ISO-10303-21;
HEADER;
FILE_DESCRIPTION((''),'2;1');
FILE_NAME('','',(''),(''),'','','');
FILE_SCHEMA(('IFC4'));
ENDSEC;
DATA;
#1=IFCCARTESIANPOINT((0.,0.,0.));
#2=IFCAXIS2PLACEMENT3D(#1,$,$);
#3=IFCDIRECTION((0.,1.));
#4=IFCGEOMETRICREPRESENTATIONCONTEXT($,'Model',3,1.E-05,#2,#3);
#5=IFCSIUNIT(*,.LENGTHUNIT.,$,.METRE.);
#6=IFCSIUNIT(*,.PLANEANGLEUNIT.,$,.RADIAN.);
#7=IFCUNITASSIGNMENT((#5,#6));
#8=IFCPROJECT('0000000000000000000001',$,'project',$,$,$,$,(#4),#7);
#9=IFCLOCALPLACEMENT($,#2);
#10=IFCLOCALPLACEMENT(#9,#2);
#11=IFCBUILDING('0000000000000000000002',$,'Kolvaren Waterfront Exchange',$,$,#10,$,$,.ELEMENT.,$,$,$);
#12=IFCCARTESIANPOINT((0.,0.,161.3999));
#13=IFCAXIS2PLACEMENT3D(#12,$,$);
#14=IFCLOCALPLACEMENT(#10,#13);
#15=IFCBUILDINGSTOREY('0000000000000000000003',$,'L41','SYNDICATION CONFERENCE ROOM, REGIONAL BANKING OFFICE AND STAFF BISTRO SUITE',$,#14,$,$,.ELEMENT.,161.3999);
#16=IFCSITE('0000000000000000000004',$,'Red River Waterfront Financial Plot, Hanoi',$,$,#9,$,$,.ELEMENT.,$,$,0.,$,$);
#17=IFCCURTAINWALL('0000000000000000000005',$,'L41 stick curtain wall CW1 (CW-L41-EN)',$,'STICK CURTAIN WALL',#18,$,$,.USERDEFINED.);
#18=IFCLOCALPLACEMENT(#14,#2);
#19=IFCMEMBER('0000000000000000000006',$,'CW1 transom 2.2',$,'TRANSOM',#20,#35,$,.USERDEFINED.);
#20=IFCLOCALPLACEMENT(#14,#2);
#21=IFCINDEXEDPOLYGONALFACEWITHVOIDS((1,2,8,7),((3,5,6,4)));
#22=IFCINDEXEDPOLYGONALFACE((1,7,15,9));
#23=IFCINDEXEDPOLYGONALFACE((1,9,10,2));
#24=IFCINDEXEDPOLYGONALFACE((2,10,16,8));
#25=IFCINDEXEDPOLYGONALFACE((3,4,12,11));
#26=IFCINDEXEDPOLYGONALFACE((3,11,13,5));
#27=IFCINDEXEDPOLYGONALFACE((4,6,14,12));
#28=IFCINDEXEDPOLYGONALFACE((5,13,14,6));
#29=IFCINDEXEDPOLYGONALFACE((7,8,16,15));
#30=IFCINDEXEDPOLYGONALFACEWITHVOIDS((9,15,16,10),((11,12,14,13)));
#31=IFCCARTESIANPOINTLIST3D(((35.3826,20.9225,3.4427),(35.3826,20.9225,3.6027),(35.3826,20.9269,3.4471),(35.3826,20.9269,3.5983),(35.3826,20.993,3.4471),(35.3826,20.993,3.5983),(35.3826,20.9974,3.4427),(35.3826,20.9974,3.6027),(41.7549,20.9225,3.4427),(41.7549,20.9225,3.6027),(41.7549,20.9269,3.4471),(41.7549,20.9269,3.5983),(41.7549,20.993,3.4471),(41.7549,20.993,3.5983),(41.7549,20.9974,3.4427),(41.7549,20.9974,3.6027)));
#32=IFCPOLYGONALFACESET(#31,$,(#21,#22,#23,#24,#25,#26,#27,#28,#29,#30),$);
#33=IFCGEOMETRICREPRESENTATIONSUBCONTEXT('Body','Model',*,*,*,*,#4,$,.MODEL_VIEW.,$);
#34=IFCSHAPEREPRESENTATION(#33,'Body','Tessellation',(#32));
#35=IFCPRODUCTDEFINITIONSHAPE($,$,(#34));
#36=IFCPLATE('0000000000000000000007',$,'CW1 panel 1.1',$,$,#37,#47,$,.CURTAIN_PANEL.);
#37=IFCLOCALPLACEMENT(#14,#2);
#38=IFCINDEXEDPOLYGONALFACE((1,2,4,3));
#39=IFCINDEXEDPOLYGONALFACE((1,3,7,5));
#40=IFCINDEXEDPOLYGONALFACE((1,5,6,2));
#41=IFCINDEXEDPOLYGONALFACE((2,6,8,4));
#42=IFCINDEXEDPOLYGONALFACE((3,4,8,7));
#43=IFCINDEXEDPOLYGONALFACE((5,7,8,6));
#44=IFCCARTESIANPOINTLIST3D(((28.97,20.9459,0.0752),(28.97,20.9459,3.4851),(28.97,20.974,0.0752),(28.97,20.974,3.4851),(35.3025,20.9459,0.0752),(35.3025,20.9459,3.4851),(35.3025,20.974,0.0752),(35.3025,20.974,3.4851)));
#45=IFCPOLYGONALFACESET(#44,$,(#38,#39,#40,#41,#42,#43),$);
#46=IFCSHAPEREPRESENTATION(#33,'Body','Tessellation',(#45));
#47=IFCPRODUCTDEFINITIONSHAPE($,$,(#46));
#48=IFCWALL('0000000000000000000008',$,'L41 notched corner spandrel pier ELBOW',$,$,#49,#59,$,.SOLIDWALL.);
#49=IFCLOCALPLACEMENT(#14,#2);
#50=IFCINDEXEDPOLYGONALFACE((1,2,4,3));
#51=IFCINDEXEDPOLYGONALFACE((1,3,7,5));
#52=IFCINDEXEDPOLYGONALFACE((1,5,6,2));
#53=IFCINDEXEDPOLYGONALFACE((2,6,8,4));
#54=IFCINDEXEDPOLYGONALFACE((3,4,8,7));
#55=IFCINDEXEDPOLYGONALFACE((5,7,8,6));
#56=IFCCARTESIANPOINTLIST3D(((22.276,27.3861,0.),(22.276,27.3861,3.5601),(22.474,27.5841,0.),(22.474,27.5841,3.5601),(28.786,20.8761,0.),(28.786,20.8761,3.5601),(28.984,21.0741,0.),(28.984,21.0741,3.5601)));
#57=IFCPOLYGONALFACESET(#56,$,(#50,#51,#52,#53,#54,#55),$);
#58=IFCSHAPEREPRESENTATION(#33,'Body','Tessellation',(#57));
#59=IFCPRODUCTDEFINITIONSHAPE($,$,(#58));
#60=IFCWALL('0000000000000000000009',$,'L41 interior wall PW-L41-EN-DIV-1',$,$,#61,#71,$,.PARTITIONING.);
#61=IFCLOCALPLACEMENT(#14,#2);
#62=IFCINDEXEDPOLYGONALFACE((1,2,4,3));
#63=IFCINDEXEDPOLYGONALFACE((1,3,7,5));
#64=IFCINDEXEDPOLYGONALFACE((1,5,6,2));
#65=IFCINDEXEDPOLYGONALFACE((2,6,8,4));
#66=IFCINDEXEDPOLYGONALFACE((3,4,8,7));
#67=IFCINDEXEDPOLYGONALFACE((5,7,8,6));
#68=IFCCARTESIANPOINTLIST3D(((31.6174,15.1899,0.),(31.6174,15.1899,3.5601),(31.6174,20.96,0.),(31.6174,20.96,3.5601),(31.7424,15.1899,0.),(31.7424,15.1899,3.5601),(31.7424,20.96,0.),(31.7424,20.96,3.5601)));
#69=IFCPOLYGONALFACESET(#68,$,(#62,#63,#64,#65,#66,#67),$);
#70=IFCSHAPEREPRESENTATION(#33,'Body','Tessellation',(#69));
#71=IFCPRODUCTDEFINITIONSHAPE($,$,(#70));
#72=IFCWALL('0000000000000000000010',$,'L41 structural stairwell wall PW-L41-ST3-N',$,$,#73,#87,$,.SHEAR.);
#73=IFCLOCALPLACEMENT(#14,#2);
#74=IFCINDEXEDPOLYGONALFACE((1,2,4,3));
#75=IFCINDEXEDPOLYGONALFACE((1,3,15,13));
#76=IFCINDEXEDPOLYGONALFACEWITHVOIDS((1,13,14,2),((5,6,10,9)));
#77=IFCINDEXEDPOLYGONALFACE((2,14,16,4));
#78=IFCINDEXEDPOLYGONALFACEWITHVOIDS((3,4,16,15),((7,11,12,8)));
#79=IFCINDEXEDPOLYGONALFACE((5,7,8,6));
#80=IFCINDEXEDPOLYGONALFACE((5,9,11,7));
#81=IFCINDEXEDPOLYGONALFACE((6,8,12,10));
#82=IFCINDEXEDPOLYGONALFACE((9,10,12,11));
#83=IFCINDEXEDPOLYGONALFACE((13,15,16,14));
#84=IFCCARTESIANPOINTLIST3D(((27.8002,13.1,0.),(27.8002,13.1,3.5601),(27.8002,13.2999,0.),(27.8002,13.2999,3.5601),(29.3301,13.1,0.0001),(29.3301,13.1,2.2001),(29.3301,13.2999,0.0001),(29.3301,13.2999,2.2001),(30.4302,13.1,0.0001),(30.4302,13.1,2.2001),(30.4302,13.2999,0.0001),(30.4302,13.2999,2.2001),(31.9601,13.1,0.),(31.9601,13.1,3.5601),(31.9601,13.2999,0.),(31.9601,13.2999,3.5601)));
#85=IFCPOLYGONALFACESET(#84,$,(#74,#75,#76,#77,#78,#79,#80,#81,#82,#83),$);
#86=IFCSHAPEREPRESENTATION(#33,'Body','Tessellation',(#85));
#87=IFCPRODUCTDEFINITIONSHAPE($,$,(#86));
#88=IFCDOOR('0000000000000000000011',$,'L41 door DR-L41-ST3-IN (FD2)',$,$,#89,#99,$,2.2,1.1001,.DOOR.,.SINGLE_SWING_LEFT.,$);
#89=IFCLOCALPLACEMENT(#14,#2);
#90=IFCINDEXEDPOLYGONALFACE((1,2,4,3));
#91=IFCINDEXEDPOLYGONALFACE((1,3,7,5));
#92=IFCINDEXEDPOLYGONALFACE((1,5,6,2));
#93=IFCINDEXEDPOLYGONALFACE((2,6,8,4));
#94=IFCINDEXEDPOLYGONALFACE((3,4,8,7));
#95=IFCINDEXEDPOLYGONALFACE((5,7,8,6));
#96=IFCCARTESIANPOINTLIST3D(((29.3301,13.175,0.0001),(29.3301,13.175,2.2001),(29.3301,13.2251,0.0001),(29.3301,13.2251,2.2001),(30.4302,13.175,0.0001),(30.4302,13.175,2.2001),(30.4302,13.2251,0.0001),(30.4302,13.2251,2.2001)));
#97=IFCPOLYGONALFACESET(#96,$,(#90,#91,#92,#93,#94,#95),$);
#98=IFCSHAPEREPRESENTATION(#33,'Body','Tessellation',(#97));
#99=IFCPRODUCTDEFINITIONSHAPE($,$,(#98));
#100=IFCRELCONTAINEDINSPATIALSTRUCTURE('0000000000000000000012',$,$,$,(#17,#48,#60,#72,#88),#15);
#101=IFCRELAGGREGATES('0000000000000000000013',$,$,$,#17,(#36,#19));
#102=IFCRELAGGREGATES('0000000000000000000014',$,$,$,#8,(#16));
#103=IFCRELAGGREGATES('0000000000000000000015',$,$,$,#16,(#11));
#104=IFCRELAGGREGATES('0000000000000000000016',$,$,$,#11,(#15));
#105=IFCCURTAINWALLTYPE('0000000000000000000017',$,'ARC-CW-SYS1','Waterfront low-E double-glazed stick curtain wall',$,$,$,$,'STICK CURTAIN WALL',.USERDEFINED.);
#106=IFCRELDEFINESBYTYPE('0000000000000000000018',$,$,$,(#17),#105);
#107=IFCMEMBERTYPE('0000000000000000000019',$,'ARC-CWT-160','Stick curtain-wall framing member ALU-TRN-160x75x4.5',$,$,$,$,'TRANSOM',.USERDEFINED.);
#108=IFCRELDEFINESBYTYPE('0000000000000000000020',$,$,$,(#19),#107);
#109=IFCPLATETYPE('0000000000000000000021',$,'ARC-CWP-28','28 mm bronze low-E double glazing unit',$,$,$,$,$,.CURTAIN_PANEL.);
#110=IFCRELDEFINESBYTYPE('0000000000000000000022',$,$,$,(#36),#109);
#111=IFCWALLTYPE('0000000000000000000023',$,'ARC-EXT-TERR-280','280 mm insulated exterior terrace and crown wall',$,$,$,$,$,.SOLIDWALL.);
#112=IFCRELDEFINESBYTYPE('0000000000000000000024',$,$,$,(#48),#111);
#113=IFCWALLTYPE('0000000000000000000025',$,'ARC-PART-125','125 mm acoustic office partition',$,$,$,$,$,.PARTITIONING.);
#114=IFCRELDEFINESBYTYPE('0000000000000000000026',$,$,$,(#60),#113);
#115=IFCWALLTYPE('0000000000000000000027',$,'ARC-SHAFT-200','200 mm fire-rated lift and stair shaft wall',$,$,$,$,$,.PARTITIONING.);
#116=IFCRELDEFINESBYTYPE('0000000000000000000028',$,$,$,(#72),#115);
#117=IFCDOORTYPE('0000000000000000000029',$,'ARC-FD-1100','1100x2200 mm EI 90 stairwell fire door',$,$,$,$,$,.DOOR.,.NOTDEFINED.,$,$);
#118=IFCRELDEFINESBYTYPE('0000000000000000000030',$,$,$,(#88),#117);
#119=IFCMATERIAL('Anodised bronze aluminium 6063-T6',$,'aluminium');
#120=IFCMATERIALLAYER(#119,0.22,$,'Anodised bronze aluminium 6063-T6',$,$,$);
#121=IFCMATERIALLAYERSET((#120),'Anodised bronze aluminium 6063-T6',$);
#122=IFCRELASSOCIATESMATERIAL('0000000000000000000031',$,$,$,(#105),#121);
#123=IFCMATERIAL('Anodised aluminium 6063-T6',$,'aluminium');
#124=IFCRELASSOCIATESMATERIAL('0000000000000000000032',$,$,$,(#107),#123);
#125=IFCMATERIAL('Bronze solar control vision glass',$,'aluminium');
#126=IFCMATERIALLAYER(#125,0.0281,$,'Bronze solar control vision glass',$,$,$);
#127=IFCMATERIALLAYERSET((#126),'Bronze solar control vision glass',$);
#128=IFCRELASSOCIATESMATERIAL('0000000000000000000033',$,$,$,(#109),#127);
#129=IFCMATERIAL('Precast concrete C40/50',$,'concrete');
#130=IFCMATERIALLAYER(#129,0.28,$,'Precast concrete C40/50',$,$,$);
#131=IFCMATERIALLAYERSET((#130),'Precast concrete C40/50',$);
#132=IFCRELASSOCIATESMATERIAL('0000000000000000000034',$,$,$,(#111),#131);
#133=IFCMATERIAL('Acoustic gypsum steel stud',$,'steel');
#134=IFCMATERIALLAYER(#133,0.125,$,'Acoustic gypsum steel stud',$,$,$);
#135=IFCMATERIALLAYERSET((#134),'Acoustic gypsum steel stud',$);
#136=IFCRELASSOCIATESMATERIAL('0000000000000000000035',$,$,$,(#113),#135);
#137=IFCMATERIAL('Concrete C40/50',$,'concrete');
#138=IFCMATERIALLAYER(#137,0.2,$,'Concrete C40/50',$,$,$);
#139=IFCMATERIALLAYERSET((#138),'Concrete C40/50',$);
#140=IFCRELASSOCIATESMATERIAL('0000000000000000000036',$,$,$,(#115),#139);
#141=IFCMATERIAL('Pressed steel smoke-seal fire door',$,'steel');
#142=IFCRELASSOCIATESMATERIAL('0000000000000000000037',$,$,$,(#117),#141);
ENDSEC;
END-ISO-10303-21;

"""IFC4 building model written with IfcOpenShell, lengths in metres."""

from ifc_helpers import new_model, si_unit, direction, frame, frame_2d, origin, origin_with_axes, origin_2d, place, context, subcontext, project, spatial, rectangle, hollow_rectangle, extrude, source, transform, mapped, material, layer, layer_set, material_profile, profile_set, type_object, element, fill, aggregate, save


model = new_model("IFC4")

# Units and contexts
model_context = context("Model", 3, precision=1e-05, world=origin(), true_north=direction((0.0, 1.0)))
body_context = subcontext(model_context, "Body", "Model", "MODEL_VIEW")
ifc_project = project(units=[si_unit("LENGTHUNIT", "METRE"), si_unit("PLANEANGLEUNIT", "RADIAN")], contexts=[model_context])

# Site, building, storey
site_placement = place(None, origin())
site = spatial("IfcSite", under=ifc_project, at=site_placement, Name="Red River Waterfront Financial Plot, Hanoi", CompositionType="ELEMENT", RefElevation=0.0)
building_placement = place(site_placement, origin())
building = spatial("IfcBuilding", under=site, at=building_placement, Name="Kolvaren Waterfront Exchange", CompositionType="ELEMENT")
storey_placement = place(building_placement, frame((0.0, 0.0, 161.3999)))
storey = spatial("IfcBuildingStorey", under=building, at=storey_placement, Name="L41", Description="SYNDICATION CONFERENCE ROOM, REGIONAL BANKING OFFICE AND STAFF BISTRO SUITE", CompositionType="ELEMENT", Elevation=161.3999)

# Curtain wall, member, plate
ifc_material_1 = material(Name="Anodised bronze aluminium 6063-T6", Category="aluminium")
ifc_layer_1 = layer(ifc_material_1, 0.22, Name="Anodised bronze aluminium 6063-T6")
ifc_layer_set_1 = layer_set([ifc_layer_1], Name="Anodised bronze aluminium 6063-T6")
curtain_wall_type = type_object("IfcCurtainWallType", Name="ARC-CW-SYS1", Description="Waterfront low-E double-glazed stick curtain wall", ElementType="STICK CURTAIN WALL", PredefinedType="USERDEFINED", material=ifc_layer_set_1)
curtain_wall_placement = place(storey_placement, origin())
curtain_wall = element("IfcCurtainWall", 1, at=curtain_wall_placement, inside=storey, type_object=curtain_wall_type, Name="L41 stick curtain wall CW1 (CW-L41-EN)", ObjectType="STICK CURTAIN WALL", PredefinedType="USERDEFINED")
ifc_material_2 = material(Name="Anodised aluminium 6063-T6", Category="aluminium")
ifc_material_profile_1 = material_profile(ifc_material_2, hollow_rectangle(XDim=0.075, YDim=0.1599, WallThickness=0.0044, at=origin_2d()), Name="ALU-TRN-160x75x4.5")
ifc_profile_set_1 = profile_set([ifc_material_profile_1], Name="Anodised aluminium 6063-T6")
member_type_1 = type_object("IfcMemberType", Name="ARC-CWT-160", Description="Stick curtain-wall framing member ALU-TRN-160x75x4.5", ElementType="TRANSOM", PredefinedType="USERDEFINED", material=ifc_profile_set_1)
shared_shape_1 = source(origin_with_axes(), body_context, "Body", "SweptSolid", [
    extrude(hollow_rectangle(XDim=0.075, YDim=0.1599, WallThickness=0.0044, at=origin_2d()), origin(), (0.0, 0.0, 1.0), 6.3723),
])
member_1_placement = place(storey_placement, frame((35.3826, 20.96, 3.5227), z_axis=(1.0, 0.0, 0.0), x_axis=(0.0, 1.0, 0.0)))
member_1 = element("IfcMember", 2, at=member_1_placement, type_object=member_type_1, Name="CW1 transom 2.2", ObjectType="TRANSOM", PredefinedType="USERDEFINED", context=body_context, shape_type="MappedRepresentation", body=[
    mapped(shared_shape_1, transform((0.0, 0.0, 0.0), x_axis=(1.0, 0.0, 0.0), y_axis=(0.0, 1.0, 0.0), z_axis=(0.0, 0.0, 1.0), scale=1.0)),
])
ifc_material_3 = material(Name="Bronze solar control vision glass", Category="aluminium")
ifc_layer_2 = layer(ifc_material_3, 0.0281, Name="Bronze solar control vision glass")
ifc_layer_set_2 = layer_set([ifc_layer_2], Name="Bronze solar control vision glass")
plate_type = type_object("IfcPlateType", Name="ARC-CWP-28", Description="28 mm bronze low-E double glazing unit", PredefinedType="CURTAIN_PANEL", material=ifc_layer_set_2)
shared_shape_2 = source(origin_with_axes(), body_context, "Body", "SweptSolid", [
    extrude(rectangle(XDim=6.3325, YDim=0.0281, at=origin_2d()), origin(), (0.0, 0.0, 1.0), 3.4099),
])
plate_placement = place(storey_placement, frame((32.1362, 20.96, 0.0752), z_axis=(0.0, 0.0, 1.0), x_axis=(1.0, 0.0, 0.0)))
plate = element("IfcPlate", 3, at=plate_placement, type_object=plate_type, Name="CW1 panel 1.1", PredefinedType="CURTAIN_PANEL", context=body_context, shape_type="MappedRepresentation", body=[
    mapped(shared_shape_2, transform((0.0, 0.0, 0.0), x_axis=(1.0, 0.0, 0.0), y_axis=(0.0, 1.0, 0.0), z_axis=(0.0, 0.0, 1.0), scale=1.0)),
])
aggregate(curtain_wall, [plate, member_1])

# Walls
ifc_material_4 = material(Name="Precast concrete C40/50", Category="concrete")
ifc_layer_3 = layer(ifc_material_4, 0.28, Name="Precast concrete C40/50")
ifc_layer_set_3 = layer_set([ifc_layer_3], Name="Precast concrete C40/50")
wall_type_1 = type_object("IfcWallType", Name="ARC-EXT-TERR-280", Description="280 mm insulated exterior terrace and crown wall", PredefinedType="SOLIDWALL", material=ifc_layer_set_3)
wall_1_placement = place(storey_placement, frame((28.885, 20.9751, 0.0), z_axis=(0.0, 0.0, 1.0), x_axis=(-0.707107, 0.707107, 0.0)))
element("IfcWall", 4, at=wall_1_placement, inside=storey, type_object=wall_type_1, Name="L41 notched corner spandrel pier ELBOW", PredefinedType="SOLIDWALL", context=body_context, shape_type="SweptSolid", body=[
    extrude(rectangle(XDim=9.2065, YDim=0.28, at=frame_2d((4.6033, 0.0))), origin(), (0.0, 0.0, 1.0), 3.5601),
])
ifc_material_5 = material(Name="Acoustic gypsum steel stud", Category="steel")
ifc_layer_4 = layer(ifc_material_5, 0.125, Name="Acoustic gypsum steel stud")
ifc_layer_set_4 = layer_set([ifc_layer_4], Name="Acoustic gypsum steel stud")
wall_type_2 = type_object("IfcWallType", Name="ARC-PART-125", Description="125 mm acoustic office partition", PredefinedType="PARTITIONING", material=ifc_layer_set_4)
wall_2_placement = place(storey_placement, frame((31.6799, 15.1899, 0.0), z_axis=(0.0, 0.0, 1.0), x_axis=(0.0, 1.0, 0.0)))
element("IfcWall", 5, at=wall_2_placement, inside=storey, type_object=wall_type_2, Name="L41 interior wall PW-L41-EN-DIV-1", PredefinedType="PARTITIONING", context=body_context, shape_type="SweptSolid", body=[
    extrude(rectangle(XDim=5.77, YDim=0.125, at=frame_2d((2.885, 0.0))), origin(), (0.0, 0.0, 1.0), 3.5601),
])

# Wall, opening, door
ifc_material_6 = material(Name="Concrete C40/50", Category="concrete")
ifc_layer_5 = layer(ifc_material_6, 0.2, Name="Concrete C40/50")
ifc_layer_set_5 = layer_set([ifc_layer_5], Name="Concrete C40/50")
wall_type_3 = type_object("IfcWallType", Name="ARC-SHAFT-200", Description="200 mm fire-rated lift and stair shaft wall", PredefinedType="PARTITIONING", material=ifc_layer_set_5)
wall_3_placement = place(storey_placement, frame((27.8, 13.2, 0.0), z_axis=(0.0, 0.0, 1.0), x_axis=(1.0, 0.0, 0.0)))
wall_3 = element("IfcWall", 6, at=wall_3_placement, inside=storey, type_object=wall_type_3, Name="L41 structural stairwell wall PW-L41-ST3-N", PredefinedType="SHEAR", context=body_context, shape_type="SweptSolid", body=[
    extrude(rectangle(XDim=4.1599, YDim=0.2, at=frame_2d((2.0801, 0.0))), origin(), (0.0, 0.0, 1.0), 3.5601),
])
opening_1_placement = place(wall_3_placement, frame((1.53, 0.0, 0.0)))
opening_1 = element("IfcOpeningElement", 7, at=opening_1_placement, cuts=wall_3, PredefinedType="OPENING", context=body_context, shape_type="SweptSolid", body=[
    extrude(rectangle(XDim=1.1001, YDim=2.2, at=frame_2d((0.55, 1.1001))), frame((0.0, 0.1099, 0.0), z_axis=(0.0, -1.0, 0.0), x_axis=(1.0, 0.0, 0.0)), (0.0, 0.0, 1.0), 0.22),
])
ifc_material_7 = material(Name="Pressed steel smoke-seal fire door", Category="steel")
door_type_1 = type_object("IfcDoorType", Name="ARC-FD-1100", Description="1100x2200 mm EI 90 stairwell fire door", OperationType="NOTDEFINED", PredefinedType="DOOR", material=ifc_material_7)
door_1_placement = place(opening_1_placement, frame((1.1001, 0.0, 0.0), z_axis=(0.0, 0.0, 1.0), x_axis=(-1.0, 0.0, 0.0)))
door_1 = element("IfcDoor", 8, at=door_1_placement, inside=storey, type_object=door_type_1, Name="L41 door DR-L41-ST3-IN (FD2)", OperationType="SINGLE_SWING_LEFT", OverallHeight=2.2, OverallWidth=1.1001, PredefinedType="DOOR", context=body_context, shape_type="SweptSolid", body=[
    extrude(rectangle(XDim=1.1001, YDim=2.2, at=frame_2d((0.55, 1.1001))), frame((0.0, 0.0249, 0.0), z_axis=(0.0, -1.0, 0.0), x_axis=(1.0, 0.0, 0.0)), (0.0, 0.0, 1.0), 0.05),
])
fill(opening_1, door_1)

save(model, "model.ifc")
